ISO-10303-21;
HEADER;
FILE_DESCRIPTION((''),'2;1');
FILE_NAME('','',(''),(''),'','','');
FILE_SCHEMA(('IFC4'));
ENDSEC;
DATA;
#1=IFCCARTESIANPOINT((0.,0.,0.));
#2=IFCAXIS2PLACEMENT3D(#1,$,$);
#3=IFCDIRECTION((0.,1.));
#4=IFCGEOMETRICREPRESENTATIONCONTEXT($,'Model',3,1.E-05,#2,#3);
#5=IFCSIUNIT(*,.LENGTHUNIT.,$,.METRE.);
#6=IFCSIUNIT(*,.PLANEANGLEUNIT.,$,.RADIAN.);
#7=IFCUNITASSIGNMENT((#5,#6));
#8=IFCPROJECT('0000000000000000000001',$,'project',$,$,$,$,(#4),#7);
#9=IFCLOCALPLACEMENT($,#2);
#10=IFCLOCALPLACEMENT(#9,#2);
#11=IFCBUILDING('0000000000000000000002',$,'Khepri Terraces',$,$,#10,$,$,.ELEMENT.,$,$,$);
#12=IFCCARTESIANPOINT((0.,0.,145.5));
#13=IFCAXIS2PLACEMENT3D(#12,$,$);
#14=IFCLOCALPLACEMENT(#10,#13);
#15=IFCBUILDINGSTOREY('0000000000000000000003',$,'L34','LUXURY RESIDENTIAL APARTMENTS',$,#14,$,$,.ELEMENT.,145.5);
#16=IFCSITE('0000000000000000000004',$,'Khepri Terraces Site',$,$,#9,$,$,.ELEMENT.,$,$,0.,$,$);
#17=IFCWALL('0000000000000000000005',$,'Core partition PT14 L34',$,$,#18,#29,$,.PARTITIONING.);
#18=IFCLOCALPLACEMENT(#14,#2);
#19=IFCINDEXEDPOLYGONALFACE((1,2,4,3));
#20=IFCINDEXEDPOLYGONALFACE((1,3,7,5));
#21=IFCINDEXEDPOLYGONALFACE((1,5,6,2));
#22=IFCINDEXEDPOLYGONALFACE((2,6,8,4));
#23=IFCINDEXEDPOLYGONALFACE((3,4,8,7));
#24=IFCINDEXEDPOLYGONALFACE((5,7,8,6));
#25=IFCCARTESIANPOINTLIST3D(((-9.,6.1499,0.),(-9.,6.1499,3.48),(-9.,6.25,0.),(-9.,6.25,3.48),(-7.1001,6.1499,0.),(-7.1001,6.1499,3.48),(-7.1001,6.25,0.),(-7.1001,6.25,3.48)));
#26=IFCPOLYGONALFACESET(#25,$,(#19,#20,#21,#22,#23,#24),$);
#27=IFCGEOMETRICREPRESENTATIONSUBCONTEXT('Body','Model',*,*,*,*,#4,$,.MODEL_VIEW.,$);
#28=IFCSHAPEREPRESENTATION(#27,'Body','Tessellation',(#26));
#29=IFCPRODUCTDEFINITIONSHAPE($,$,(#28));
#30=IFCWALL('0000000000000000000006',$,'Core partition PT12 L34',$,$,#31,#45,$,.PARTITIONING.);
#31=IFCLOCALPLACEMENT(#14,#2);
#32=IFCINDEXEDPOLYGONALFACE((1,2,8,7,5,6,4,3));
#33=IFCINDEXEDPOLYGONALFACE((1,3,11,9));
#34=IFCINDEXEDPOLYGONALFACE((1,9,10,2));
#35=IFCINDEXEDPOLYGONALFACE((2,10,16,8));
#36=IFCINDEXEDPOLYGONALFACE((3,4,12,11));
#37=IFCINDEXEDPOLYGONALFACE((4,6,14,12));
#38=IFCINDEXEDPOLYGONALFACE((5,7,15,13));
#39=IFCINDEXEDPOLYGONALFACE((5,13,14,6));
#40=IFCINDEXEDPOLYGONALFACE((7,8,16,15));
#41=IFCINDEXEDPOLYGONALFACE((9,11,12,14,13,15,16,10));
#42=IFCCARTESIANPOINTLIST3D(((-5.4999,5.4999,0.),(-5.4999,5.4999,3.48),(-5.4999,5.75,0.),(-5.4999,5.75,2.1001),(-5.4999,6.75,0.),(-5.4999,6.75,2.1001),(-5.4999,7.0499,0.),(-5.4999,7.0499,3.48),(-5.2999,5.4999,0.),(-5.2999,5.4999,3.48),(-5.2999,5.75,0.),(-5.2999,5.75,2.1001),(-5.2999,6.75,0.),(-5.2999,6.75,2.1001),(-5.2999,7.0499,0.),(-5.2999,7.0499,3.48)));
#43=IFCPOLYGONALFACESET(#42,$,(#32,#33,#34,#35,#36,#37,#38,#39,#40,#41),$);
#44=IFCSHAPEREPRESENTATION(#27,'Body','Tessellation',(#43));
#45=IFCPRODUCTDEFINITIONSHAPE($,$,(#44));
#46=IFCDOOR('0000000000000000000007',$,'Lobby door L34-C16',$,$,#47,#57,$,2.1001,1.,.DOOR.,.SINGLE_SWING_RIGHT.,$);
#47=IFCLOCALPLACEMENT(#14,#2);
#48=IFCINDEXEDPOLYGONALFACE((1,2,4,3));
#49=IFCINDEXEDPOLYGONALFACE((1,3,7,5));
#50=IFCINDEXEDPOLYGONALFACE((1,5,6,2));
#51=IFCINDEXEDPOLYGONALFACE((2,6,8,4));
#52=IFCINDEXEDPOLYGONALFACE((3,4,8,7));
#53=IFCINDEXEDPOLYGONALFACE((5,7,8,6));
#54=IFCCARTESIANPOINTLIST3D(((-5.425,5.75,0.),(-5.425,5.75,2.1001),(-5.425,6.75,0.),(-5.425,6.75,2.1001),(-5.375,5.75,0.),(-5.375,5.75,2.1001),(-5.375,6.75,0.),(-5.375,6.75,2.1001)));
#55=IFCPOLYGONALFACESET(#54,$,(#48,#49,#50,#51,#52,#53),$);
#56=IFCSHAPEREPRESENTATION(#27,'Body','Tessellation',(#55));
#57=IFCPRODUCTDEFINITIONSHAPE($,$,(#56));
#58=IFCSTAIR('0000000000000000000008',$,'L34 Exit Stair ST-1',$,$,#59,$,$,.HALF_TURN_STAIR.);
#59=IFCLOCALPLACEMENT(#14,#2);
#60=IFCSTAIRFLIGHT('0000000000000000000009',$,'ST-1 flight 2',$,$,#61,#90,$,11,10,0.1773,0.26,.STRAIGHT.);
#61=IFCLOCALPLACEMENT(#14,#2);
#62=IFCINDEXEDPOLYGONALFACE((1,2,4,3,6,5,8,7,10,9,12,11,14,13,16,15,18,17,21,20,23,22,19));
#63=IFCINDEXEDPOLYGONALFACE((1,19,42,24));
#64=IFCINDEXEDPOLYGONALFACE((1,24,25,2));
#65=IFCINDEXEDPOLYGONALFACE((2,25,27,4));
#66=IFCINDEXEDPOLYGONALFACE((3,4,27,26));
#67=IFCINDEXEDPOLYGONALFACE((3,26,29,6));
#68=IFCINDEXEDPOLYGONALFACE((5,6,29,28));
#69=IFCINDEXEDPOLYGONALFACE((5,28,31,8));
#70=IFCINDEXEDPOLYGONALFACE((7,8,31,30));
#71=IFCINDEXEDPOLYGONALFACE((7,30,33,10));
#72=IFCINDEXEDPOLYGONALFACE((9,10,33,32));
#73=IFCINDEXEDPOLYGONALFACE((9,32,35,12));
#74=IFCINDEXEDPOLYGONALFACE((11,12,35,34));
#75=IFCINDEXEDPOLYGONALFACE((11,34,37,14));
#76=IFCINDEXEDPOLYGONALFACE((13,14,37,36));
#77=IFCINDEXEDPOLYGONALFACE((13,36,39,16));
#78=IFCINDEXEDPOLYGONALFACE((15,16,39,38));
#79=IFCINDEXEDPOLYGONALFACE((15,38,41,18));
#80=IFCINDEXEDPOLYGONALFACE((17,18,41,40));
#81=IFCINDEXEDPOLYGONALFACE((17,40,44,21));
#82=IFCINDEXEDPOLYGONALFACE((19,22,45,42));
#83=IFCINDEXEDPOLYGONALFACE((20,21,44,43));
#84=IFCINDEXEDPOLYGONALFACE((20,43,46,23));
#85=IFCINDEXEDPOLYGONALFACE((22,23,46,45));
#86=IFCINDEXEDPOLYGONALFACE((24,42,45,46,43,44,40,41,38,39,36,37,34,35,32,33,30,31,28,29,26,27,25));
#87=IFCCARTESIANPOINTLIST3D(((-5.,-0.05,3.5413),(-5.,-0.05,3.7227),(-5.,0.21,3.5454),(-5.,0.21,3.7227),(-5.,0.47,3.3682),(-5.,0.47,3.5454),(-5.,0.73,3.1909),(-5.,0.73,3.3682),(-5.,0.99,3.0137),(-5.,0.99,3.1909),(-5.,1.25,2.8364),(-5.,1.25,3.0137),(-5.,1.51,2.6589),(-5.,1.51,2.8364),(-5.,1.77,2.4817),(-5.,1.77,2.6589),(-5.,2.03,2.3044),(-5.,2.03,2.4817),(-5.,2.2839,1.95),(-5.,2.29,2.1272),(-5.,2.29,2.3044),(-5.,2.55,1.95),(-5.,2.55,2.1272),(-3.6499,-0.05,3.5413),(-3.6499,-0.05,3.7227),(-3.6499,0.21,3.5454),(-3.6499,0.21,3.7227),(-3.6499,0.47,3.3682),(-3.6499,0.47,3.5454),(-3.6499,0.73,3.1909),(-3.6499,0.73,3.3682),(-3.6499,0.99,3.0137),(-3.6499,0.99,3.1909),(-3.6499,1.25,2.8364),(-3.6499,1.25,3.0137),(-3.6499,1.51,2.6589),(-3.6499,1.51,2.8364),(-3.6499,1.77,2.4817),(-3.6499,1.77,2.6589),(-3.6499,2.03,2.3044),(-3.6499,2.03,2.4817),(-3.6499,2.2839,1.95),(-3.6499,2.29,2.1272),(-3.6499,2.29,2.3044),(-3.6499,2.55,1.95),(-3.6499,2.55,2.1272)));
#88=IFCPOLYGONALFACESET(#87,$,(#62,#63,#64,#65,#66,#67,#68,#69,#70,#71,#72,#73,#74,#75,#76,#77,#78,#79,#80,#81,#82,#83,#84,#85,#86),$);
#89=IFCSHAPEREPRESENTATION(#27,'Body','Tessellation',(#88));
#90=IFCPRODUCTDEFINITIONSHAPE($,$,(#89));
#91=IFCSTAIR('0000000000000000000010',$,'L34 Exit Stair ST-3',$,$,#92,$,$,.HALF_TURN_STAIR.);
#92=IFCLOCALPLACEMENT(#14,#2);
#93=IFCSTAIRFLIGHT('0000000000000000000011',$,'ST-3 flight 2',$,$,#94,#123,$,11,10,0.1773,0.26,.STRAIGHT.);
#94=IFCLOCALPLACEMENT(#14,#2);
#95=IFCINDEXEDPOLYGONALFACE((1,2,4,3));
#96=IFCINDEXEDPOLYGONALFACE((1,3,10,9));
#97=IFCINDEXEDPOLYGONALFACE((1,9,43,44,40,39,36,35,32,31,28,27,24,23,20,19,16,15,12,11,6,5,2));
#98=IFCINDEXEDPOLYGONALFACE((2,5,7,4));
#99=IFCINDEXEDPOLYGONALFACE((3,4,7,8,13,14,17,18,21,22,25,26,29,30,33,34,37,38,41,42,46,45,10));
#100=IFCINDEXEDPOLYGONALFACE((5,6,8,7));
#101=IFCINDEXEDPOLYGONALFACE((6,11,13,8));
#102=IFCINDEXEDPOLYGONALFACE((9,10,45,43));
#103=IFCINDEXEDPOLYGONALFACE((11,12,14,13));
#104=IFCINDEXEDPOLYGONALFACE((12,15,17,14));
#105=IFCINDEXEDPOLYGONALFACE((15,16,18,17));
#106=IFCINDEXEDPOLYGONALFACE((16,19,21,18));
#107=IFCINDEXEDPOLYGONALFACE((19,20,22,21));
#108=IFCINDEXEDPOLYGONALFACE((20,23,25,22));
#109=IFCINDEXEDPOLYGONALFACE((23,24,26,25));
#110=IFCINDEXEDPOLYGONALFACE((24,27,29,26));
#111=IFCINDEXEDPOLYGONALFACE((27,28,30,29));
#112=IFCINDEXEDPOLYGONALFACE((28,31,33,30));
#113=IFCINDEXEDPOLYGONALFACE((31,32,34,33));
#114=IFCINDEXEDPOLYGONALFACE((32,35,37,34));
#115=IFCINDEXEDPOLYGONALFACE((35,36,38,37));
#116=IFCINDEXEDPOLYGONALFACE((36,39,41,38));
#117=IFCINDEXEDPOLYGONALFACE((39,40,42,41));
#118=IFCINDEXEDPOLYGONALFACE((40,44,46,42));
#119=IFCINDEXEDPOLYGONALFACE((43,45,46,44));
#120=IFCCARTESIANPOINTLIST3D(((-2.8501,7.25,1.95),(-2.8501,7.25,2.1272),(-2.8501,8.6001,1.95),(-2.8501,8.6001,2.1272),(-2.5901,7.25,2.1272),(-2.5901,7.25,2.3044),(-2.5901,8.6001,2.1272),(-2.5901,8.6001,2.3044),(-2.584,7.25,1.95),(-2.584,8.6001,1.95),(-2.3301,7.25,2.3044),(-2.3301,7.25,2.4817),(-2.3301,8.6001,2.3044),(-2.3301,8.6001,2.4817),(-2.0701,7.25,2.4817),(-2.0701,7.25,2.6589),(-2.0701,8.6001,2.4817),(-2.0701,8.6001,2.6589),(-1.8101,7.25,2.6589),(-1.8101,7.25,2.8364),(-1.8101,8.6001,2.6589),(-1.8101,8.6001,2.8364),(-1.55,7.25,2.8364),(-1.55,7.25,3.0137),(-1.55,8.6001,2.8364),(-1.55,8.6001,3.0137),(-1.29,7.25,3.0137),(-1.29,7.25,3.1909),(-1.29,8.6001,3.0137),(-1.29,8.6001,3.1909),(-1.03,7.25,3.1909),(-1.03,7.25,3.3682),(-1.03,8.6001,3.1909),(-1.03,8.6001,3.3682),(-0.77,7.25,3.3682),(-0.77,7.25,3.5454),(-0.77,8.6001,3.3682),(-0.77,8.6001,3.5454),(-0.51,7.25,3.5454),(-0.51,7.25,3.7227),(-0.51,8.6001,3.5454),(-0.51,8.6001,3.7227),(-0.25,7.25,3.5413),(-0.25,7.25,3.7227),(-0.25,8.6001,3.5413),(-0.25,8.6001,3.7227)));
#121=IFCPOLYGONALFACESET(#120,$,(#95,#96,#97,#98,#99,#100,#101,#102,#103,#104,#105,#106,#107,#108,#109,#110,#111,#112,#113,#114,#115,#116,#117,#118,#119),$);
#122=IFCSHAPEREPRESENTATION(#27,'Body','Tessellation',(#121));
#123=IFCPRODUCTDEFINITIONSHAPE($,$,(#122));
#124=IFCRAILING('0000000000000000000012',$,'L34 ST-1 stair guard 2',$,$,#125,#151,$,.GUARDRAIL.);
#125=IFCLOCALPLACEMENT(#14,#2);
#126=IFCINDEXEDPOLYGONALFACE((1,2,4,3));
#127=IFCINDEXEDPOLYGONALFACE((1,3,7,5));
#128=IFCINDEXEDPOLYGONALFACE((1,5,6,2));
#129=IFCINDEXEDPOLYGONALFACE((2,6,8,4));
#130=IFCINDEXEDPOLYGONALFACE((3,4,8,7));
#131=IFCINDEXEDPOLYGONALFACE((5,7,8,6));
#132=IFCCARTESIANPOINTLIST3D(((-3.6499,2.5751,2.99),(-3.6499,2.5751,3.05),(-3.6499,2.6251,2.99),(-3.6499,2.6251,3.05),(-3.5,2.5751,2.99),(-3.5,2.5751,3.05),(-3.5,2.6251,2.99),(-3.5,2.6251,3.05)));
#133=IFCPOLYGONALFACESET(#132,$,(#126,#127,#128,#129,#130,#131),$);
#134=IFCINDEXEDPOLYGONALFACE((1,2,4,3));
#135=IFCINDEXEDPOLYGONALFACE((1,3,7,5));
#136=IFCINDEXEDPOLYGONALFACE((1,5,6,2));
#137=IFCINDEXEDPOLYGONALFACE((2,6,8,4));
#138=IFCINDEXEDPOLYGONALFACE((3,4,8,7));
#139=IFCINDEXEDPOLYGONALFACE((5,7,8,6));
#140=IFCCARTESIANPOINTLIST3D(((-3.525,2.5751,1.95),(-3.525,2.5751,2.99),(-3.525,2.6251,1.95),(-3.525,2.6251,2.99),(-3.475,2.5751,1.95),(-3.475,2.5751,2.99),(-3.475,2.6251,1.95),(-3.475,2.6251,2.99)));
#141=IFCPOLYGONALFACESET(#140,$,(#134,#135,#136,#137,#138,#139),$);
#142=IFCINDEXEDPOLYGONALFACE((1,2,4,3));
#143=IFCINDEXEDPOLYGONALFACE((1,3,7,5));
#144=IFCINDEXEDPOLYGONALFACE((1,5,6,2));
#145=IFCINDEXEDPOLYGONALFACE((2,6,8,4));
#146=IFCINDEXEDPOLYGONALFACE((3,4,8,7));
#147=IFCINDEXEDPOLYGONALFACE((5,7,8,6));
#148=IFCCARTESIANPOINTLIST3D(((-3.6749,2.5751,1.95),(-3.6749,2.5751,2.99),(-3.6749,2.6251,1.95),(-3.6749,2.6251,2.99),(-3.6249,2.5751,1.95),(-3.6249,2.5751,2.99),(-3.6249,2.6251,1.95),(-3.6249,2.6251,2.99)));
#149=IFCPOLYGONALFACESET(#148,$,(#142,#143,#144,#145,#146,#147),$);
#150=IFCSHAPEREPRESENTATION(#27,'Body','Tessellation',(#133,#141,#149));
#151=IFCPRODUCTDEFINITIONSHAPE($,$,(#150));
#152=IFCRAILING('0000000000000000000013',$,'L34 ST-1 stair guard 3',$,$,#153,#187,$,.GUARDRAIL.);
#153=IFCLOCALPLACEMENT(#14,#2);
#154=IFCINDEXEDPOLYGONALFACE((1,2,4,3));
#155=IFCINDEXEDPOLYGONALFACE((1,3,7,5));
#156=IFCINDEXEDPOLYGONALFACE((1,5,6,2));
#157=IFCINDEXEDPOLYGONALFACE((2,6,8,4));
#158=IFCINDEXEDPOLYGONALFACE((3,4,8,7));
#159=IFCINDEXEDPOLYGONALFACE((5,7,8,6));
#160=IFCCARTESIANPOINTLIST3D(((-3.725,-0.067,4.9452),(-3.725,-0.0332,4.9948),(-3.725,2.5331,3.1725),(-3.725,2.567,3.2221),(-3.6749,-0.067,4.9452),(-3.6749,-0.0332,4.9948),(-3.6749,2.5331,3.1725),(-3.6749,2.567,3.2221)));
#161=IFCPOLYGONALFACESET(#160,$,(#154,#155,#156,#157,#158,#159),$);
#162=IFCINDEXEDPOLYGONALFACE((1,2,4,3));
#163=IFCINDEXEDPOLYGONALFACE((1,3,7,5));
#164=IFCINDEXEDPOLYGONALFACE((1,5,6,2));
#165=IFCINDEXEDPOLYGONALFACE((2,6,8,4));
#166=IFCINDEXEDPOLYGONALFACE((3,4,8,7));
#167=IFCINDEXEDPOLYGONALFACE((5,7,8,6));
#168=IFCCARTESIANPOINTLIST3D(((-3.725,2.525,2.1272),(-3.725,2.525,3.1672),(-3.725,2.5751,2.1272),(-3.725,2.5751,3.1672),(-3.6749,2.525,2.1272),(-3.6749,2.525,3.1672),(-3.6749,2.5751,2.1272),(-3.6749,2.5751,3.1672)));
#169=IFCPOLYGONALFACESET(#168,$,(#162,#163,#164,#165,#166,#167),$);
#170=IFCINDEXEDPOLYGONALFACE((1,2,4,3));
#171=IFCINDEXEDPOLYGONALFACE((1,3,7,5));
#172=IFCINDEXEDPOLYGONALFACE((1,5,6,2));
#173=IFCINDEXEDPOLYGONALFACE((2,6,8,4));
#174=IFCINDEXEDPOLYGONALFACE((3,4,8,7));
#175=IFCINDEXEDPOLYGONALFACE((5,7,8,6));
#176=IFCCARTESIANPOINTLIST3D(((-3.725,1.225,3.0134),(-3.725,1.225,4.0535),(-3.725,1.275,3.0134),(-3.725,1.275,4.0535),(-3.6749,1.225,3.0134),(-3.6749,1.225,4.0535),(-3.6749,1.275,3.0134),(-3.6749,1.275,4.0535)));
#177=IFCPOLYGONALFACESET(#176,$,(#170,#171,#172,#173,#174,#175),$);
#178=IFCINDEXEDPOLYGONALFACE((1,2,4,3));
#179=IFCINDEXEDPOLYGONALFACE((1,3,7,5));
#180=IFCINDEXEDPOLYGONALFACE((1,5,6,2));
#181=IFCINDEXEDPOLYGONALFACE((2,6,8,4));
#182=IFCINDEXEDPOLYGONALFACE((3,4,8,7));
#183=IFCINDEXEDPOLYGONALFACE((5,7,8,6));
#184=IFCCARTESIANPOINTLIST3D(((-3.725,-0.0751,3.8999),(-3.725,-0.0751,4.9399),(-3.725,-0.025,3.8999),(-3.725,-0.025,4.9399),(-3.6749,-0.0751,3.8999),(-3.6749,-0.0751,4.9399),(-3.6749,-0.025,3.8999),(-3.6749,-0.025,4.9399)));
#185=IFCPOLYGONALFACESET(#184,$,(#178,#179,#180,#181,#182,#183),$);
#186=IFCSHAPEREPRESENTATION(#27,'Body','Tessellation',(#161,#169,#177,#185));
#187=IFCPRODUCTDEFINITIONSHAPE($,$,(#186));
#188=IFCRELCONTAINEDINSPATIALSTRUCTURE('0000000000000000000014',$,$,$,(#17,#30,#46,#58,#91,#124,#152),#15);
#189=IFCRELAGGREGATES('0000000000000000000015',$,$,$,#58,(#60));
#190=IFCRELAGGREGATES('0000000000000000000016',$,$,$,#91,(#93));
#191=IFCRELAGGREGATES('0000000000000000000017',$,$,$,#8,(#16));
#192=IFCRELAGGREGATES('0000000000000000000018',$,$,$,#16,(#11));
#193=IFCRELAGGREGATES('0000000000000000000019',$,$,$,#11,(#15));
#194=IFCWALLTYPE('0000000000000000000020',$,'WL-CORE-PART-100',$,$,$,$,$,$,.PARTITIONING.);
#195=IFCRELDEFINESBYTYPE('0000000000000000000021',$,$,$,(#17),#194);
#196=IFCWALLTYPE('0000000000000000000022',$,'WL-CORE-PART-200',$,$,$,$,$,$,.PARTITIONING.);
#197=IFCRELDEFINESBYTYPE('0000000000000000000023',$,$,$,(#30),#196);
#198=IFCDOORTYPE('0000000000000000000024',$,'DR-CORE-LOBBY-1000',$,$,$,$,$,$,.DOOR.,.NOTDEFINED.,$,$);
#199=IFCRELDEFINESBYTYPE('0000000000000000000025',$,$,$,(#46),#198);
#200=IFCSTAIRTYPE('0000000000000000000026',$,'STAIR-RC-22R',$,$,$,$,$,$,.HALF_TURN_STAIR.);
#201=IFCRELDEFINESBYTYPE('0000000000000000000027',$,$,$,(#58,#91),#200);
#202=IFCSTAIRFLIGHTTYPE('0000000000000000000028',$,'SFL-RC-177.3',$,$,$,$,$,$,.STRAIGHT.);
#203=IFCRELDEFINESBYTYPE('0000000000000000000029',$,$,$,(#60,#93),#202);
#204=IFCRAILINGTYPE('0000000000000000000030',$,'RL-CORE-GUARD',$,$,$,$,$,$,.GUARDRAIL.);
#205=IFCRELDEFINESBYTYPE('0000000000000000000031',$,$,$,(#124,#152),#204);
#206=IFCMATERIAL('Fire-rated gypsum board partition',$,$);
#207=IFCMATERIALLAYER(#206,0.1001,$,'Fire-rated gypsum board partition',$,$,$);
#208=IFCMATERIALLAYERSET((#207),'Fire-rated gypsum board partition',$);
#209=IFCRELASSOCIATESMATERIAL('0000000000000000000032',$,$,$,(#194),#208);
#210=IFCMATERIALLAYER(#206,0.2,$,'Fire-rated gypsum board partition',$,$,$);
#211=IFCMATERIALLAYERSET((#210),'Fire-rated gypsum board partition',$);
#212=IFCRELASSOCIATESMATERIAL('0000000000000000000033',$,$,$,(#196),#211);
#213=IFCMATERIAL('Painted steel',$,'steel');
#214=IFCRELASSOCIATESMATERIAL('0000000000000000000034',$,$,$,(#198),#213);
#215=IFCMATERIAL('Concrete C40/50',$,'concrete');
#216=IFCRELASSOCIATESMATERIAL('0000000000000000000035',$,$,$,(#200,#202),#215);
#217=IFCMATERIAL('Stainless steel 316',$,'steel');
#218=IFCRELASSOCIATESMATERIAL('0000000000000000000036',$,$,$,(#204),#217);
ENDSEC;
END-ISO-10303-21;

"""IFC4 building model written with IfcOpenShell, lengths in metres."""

from ifc_helpers import new_model, si_unit, direction, frame, frame_2d, origin, origin_2d, place, context, subcontext, project, spatial, polyline, rectangle, outline, extrude, material, layer, layer_set, type_object, element, fill, aggregate, save


model = new_model("IFC4")

# Units and contexts
model_context = context("Model", 3, precision=1e-05, world=origin(), true_north=direction((0.0, 1.0)))
body_context = subcontext(model_context, "Body", "Model", "MODEL_VIEW")
ifc_project = project(units=[si_unit("LENGTHUNIT", "METRE"), si_unit("PLANEANGLEUNIT", "RADIAN")], contexts=[model_context])

# Site, building, storey
site_placement = place(None, origin())
site = spatial("IfcSite", under=ifc_project, at=site_placement, Name="Khepri Terraces Site", CompositionType="ELEMENT", RefElevation=0.0)
building_placement = place(site_placement, origin())
building = spatial("IfcBuilding", under=site, at=building_placement, Name="Khepri Terraces", CompositionType="ELEMENT")
storey_placement = place(building_placement, frame((0.0, 0.0, 145.5)))
storey = spatial("IfcBuildingStorey", under=building, at=storey_placement, Name="L34", Description="LUXURY RESIDENTIAL APARTMENTS", CompositionType="ELEMENT", Elevation=145.5)

# Shared definitions
ifc_material_1 = material(Name="Concrete C40/50", Category="concrete")

# Shared definitions
ifc_material_2 = material(Name="Painted steel", Category="steel")

# Wall
ifc_material_3 = material(Name="Fire-rated gypsum board partition")
ifc_layer_1 = layer(ifc_material_3, 0.1001, Name="Fire-rated gypsum board partition")
ifc_layer_set_1 = layer_set([ifc_layer_1], Name="Fire-rated gypsum board partition")
wall_type_1 = type_object("IfcWallType", Name="WL-CORE-PART-100", PredefinedType="PARTITIONING", material=ifc_layer_set_1)
for number, where, z_axis, x_axis, name in (
    (1, (-9.0, 6.2, 0.0), (0.0, 0.0, 1.0), (1.0, 0.0, 0.0), "Core partition PT14 L34"),
):
    element("IfcWall", number, at=place(storey_placement, frame(where, z_axis=z_axis, x_axis=x_axis)), inside=storey, type_object=wall_type_1, Name=name, PredefinedType="PARTITIONING", context=body_context, shape_type="SweptSolid", body=[
        extrude(rectangle(XDim=1.8999, YDim=0.1001, at=frame_2d((0.95, 0.0))), origin(), (0.0, 0.0, 1.0), 3.48),
    ])

# Wall, opening, door
ifc_layer_2 = layer(ifc_material_3, 0.2, Name="Fire-rated gypsum board partition")
ifc_layer_set_2 = layer_set([ifc_layer_2], Name="Fire-rated gypsum board partition")
wall_type_2 = type_object("IfcWallType", Name="WL-CORE-PART-200", PredefinedType="PARTITIONING", material=ifc_layer_set_2)
wall_1_placement = place(storey_placement, frame((-5.3999, 5.5, 0.0), z_axis=(0.0, 0.0, 1.0), x_axis=(0.0, 1.0, 0.0)))
wall_1 = element("IfcWall", 2, at=wall_1_placement, inside=storey, type_object=wall_type_2, Name="Core partition PT12 L34", PredefinedType="PARTITIONING", context=body_context, shape_type="SweptSolid", body=[
    extrude(rectangle(XDim=1.55, YDim=0.2, at=frame_2d((0.7749, 0.0))), origin(), (0.0, 0.0, 1.0), 3.48),
])
opening_1_placement = place(wall_1_placement, frame((0.25, 0.0, 0.0)))
opening_1 = element("IfcOpeningElement", 3, at=opening_1_placement, cuts=wall_1, PredefinedType="OPENING", context=body_context, shape_type="SweptSolid", body=[
    extrude(rectangle(XDim=1.0, YDim=2.1001, at=frame_2d((0.5, 1.05))), frame((0.0, 0.1099, 0.0), z_axis=(0.0, -1.0, 0.0), x_axis=(1.0, 0.0, 0.0)), (0.0, 0.0, 1.0), 0.22),
])
door_type_1 = type_object("IfcDoorType", Name="DR-CORE-LOBBY-1000", OperationType="NOTDEFINED", PredefinedType="DOOR", material=ifc_material_2)
door_1_placement = place(opening_1_placement, frame((1.0, 0.0, 0.0), z_axis=(0.0, 0.0, 1.0), x_axis=(-1.0, 0.0, 0.0)))
door_1 = element("IfcDoor", 4, at=door_1_placement, inside=storey, type_object=door_type_1, Name="Lobby door L34-C16", OperationType="SINGLE_SWING_RIGHT", OverallHeight=2.1001, OverallWidth=1.0, PredefinedType="DOOR", context=body_context, shape_type="SweptSolid", body=[
    extrude(rectangle(XDim=1.0, YDim=2.1001, at=frame_2d((0.5, 1.05))), frame((0.0, 0.0249, 0.0), z_axis=(0.0, -1.0, 0.0), x_axis=(1.0, 0.0, 0.0)), (0.0, 0.0, 1.0), 0.05),
])
fill(opening_1, door_1)

# Stairs, stair flights
stair_type = type_object("IfcStairType", Name="STAIR-RC-22R", PredefinedType="HALF_TURN_STAIR", material=ifc_material_1)
stair_1_placement = place(storey_placement, origin())
stair_1 = element("IfcStair", 5, at=stair_1_placement, inside=storey, type_object=stair_type, Name="L34 Exit Stair ST-1", PredefinedType="HALF_TURN_STAIR")
stair_flight_type = type_object("IfcStairFlightType", Name="SFL-RC-177.3", PredefinedType="STRAIGHT", material=ifc_material_1)
stair_flight_1_placement = place(storey_placement, frame((-4.325, 2.55, 1.95), z_axis=(0.0, 0.0, 1.0), x_axis=(0.0, -1.0, 0.0)))
stair_flight_1 = element("IfcStairFlight", 6, at=stair_flight_1_placement, type_object=stair_flight_type, Name="ST-1 flight 2", NumberOfRisers=11, NumberOfTreads=10, PredefinedType="STRAIGHT", RiserHeight=0.1773, TreadLength=0.26, context=body_context, shape_type="SweptSolid", body=[
    extrude(outline(polyline([(0.0, 0.0), (0.0, 0.1772), (0.26, 0.1772), (0.26, 0.3545), (0.52, 0.3545), (0.52, 0.5317), (0.78, 0.5317), (0.78, 0.709), (1.04, 0.709), (1.04, 0.8865), (1.3, 0.8865), (1.3, 1.0637), (1.5601, 1.0637), (1.5601, 1.241), (1.8201, 1.241), (1.8201, 1.4182), (2.0801, 1.4182), (2.0801, 1.5955), (2.3401, 1.5955), (2.3401, 1.7727), (2.6001, 1.7727), (2.6001, 1.95), (2.6001, 1.5913), (0.2661, 0.0), (0.0, 0.0)])), frame((0.0, 0.675, 0.0), z_axis=(0.0, -1.0, 0.0), x_axis=(1.0, 0.0, 0.0)), (0.0, 0.0, 1.0), 1.3501),
])
aggregate(stair_1, [stair_flight_1])
stair_2_placement = place(storey_placement, origin())
stair_2 = element("IfcStair", 7, at=stair_2_placement, inside=storey, type_object=stair_type, Name="L34 Exit Stair ST-3", PredefinedType="HALF_TURN_STAIR")
stair_flight_2_placement = place(storey_placement, frame((-2.8501, 7.925, 1.95), z_axis=(0.0, 0.0, 1.0), x_axis=(1.0, 0.0, 0.0)))
stair_flight_2 = element("IfcStairFlight", 8, at=stair_flight_2_placement, type_object=stair_flight_type, Name="ST-3 flight 2", NumberOfRisers=11, NumberOfTreads=10, PredefinedType="STRAIGHT", RiserHeight=0.1773, TreadLength=0.26, context=body_context, shape_type="SweptSolid", body=[
    extrude(outline(polyline([(0.0, 0.0), (0.0, 0.1772), (0.26, 0.1772), (0.26, 0.3545), (0.52, 0.3545), (0.52, 0.5317), (0.78, 0.5317), (0.78, 0.709), (1.04, 0.709), (1.04, 0.8865), (1.3, 0.8865), (1.3, 1.0637), (1.5601, 1.0637), (1.5601, 1.241), (1.8201, 1.241), (1.8201, 1.4182), (2.0801, 1.4182), (2.0801, 1.5955), (2.3401, 1.5955), (2.3401, 1.7727), (2.6001, 1.7727), (2.6001, 1.95), (2.6001, 1.5913), (0.2661, 0.0), (0.0, 0.0)])), frame((0.0, 0.675, 0.0), z_axis=(0.0, -1.0, 0.0), x_axis=(1.0, 0.0, 0.0)), (0.0, 0.0, 1.0), 1.3501),
])
aggregate(stair_2, [stair_flight_2])

# Railings
ifc_material_4 = material(Name="Stainless steel 316", Category="steel")
railing_type_1 = type_object("IfcRailingType", Name="RL-CORE-GUARD", PredefinedType="GUARDRAIL", material=ifc_material_4)
railing_1_placement = place(storey_placement, frame((-3.5, 2.6001, 1.95)))
element("IfcRailing", 9, at=railing_1_placement, inside=storey, type_object=railing_type_1, Name="L34 ST-1 stair guard 2", PredefinedType="GUARDRAIL", context=body_context, shape_type="SweptSolid", body=[
    extrude(rectangle(XDim=0.05, YDim=0.0601, at=origin_2d()), frame((0.0, 0.0, 1.0701), z_axis=(-1.0, 0.0, 0.0), x_axis=(0.0, -1.0, 0.0)), (0.0, 0.0, 1.0), 0.1499),
    extrude(rectangle(XDim=0.05, YDim=0.05, at=origin_2d()), origin(), (0.0, 0.0, 1.0), 1.04),
    extrude(rectangle(XDim=0.05, YDim=0.05, at=origin_2d()), frame((-0.1499, 0.0, 0.0)), (0.0, 0.0, 1.0), 1.04),
])
railing_2_placement = place(storey_placement, frame((-3.7, 2.55, 2.1272)))
element("IfcRailing", 10, at=railing_2_placement, inside=storey, type_object=railing_type_1, Name="L34 ST-1 stair guard 3", PredefinedType="GUARDRAIL", context=body_context, shape_type="SweptSolid", body=[
    extrude(rectangle(XDim=0.05, YDim=0.0601, at=origin_2d()), frame((0.0, 0.0, 1.0701), z_axis=(0.0, -0.82624, 0.563318), x_axis=(1.0, 0.0, 0.0)), (0.0, 0.0, 1.0), 3.147),
    extrude(rectangle(XDim=0.05, YDim=0.05, at=origin_2d()), origin(), (0.0, 0.0, 1.0), 1.04),
    extrude(rectangle(XDim=0.05, YDim=0.05, at=origin_2d()), frame((0.0, -1.3, 0.8862)), (0.0, 0.0, 1.0), 1.04),
    extrude(rectangle(XDim=0.05, YDim=0.05, at=origin_2d()), frame((0.0, -2.6001, 1.7727)), (0.0, 0.0, 1.0), 1.04),
])

save(model, "model.ifc")
